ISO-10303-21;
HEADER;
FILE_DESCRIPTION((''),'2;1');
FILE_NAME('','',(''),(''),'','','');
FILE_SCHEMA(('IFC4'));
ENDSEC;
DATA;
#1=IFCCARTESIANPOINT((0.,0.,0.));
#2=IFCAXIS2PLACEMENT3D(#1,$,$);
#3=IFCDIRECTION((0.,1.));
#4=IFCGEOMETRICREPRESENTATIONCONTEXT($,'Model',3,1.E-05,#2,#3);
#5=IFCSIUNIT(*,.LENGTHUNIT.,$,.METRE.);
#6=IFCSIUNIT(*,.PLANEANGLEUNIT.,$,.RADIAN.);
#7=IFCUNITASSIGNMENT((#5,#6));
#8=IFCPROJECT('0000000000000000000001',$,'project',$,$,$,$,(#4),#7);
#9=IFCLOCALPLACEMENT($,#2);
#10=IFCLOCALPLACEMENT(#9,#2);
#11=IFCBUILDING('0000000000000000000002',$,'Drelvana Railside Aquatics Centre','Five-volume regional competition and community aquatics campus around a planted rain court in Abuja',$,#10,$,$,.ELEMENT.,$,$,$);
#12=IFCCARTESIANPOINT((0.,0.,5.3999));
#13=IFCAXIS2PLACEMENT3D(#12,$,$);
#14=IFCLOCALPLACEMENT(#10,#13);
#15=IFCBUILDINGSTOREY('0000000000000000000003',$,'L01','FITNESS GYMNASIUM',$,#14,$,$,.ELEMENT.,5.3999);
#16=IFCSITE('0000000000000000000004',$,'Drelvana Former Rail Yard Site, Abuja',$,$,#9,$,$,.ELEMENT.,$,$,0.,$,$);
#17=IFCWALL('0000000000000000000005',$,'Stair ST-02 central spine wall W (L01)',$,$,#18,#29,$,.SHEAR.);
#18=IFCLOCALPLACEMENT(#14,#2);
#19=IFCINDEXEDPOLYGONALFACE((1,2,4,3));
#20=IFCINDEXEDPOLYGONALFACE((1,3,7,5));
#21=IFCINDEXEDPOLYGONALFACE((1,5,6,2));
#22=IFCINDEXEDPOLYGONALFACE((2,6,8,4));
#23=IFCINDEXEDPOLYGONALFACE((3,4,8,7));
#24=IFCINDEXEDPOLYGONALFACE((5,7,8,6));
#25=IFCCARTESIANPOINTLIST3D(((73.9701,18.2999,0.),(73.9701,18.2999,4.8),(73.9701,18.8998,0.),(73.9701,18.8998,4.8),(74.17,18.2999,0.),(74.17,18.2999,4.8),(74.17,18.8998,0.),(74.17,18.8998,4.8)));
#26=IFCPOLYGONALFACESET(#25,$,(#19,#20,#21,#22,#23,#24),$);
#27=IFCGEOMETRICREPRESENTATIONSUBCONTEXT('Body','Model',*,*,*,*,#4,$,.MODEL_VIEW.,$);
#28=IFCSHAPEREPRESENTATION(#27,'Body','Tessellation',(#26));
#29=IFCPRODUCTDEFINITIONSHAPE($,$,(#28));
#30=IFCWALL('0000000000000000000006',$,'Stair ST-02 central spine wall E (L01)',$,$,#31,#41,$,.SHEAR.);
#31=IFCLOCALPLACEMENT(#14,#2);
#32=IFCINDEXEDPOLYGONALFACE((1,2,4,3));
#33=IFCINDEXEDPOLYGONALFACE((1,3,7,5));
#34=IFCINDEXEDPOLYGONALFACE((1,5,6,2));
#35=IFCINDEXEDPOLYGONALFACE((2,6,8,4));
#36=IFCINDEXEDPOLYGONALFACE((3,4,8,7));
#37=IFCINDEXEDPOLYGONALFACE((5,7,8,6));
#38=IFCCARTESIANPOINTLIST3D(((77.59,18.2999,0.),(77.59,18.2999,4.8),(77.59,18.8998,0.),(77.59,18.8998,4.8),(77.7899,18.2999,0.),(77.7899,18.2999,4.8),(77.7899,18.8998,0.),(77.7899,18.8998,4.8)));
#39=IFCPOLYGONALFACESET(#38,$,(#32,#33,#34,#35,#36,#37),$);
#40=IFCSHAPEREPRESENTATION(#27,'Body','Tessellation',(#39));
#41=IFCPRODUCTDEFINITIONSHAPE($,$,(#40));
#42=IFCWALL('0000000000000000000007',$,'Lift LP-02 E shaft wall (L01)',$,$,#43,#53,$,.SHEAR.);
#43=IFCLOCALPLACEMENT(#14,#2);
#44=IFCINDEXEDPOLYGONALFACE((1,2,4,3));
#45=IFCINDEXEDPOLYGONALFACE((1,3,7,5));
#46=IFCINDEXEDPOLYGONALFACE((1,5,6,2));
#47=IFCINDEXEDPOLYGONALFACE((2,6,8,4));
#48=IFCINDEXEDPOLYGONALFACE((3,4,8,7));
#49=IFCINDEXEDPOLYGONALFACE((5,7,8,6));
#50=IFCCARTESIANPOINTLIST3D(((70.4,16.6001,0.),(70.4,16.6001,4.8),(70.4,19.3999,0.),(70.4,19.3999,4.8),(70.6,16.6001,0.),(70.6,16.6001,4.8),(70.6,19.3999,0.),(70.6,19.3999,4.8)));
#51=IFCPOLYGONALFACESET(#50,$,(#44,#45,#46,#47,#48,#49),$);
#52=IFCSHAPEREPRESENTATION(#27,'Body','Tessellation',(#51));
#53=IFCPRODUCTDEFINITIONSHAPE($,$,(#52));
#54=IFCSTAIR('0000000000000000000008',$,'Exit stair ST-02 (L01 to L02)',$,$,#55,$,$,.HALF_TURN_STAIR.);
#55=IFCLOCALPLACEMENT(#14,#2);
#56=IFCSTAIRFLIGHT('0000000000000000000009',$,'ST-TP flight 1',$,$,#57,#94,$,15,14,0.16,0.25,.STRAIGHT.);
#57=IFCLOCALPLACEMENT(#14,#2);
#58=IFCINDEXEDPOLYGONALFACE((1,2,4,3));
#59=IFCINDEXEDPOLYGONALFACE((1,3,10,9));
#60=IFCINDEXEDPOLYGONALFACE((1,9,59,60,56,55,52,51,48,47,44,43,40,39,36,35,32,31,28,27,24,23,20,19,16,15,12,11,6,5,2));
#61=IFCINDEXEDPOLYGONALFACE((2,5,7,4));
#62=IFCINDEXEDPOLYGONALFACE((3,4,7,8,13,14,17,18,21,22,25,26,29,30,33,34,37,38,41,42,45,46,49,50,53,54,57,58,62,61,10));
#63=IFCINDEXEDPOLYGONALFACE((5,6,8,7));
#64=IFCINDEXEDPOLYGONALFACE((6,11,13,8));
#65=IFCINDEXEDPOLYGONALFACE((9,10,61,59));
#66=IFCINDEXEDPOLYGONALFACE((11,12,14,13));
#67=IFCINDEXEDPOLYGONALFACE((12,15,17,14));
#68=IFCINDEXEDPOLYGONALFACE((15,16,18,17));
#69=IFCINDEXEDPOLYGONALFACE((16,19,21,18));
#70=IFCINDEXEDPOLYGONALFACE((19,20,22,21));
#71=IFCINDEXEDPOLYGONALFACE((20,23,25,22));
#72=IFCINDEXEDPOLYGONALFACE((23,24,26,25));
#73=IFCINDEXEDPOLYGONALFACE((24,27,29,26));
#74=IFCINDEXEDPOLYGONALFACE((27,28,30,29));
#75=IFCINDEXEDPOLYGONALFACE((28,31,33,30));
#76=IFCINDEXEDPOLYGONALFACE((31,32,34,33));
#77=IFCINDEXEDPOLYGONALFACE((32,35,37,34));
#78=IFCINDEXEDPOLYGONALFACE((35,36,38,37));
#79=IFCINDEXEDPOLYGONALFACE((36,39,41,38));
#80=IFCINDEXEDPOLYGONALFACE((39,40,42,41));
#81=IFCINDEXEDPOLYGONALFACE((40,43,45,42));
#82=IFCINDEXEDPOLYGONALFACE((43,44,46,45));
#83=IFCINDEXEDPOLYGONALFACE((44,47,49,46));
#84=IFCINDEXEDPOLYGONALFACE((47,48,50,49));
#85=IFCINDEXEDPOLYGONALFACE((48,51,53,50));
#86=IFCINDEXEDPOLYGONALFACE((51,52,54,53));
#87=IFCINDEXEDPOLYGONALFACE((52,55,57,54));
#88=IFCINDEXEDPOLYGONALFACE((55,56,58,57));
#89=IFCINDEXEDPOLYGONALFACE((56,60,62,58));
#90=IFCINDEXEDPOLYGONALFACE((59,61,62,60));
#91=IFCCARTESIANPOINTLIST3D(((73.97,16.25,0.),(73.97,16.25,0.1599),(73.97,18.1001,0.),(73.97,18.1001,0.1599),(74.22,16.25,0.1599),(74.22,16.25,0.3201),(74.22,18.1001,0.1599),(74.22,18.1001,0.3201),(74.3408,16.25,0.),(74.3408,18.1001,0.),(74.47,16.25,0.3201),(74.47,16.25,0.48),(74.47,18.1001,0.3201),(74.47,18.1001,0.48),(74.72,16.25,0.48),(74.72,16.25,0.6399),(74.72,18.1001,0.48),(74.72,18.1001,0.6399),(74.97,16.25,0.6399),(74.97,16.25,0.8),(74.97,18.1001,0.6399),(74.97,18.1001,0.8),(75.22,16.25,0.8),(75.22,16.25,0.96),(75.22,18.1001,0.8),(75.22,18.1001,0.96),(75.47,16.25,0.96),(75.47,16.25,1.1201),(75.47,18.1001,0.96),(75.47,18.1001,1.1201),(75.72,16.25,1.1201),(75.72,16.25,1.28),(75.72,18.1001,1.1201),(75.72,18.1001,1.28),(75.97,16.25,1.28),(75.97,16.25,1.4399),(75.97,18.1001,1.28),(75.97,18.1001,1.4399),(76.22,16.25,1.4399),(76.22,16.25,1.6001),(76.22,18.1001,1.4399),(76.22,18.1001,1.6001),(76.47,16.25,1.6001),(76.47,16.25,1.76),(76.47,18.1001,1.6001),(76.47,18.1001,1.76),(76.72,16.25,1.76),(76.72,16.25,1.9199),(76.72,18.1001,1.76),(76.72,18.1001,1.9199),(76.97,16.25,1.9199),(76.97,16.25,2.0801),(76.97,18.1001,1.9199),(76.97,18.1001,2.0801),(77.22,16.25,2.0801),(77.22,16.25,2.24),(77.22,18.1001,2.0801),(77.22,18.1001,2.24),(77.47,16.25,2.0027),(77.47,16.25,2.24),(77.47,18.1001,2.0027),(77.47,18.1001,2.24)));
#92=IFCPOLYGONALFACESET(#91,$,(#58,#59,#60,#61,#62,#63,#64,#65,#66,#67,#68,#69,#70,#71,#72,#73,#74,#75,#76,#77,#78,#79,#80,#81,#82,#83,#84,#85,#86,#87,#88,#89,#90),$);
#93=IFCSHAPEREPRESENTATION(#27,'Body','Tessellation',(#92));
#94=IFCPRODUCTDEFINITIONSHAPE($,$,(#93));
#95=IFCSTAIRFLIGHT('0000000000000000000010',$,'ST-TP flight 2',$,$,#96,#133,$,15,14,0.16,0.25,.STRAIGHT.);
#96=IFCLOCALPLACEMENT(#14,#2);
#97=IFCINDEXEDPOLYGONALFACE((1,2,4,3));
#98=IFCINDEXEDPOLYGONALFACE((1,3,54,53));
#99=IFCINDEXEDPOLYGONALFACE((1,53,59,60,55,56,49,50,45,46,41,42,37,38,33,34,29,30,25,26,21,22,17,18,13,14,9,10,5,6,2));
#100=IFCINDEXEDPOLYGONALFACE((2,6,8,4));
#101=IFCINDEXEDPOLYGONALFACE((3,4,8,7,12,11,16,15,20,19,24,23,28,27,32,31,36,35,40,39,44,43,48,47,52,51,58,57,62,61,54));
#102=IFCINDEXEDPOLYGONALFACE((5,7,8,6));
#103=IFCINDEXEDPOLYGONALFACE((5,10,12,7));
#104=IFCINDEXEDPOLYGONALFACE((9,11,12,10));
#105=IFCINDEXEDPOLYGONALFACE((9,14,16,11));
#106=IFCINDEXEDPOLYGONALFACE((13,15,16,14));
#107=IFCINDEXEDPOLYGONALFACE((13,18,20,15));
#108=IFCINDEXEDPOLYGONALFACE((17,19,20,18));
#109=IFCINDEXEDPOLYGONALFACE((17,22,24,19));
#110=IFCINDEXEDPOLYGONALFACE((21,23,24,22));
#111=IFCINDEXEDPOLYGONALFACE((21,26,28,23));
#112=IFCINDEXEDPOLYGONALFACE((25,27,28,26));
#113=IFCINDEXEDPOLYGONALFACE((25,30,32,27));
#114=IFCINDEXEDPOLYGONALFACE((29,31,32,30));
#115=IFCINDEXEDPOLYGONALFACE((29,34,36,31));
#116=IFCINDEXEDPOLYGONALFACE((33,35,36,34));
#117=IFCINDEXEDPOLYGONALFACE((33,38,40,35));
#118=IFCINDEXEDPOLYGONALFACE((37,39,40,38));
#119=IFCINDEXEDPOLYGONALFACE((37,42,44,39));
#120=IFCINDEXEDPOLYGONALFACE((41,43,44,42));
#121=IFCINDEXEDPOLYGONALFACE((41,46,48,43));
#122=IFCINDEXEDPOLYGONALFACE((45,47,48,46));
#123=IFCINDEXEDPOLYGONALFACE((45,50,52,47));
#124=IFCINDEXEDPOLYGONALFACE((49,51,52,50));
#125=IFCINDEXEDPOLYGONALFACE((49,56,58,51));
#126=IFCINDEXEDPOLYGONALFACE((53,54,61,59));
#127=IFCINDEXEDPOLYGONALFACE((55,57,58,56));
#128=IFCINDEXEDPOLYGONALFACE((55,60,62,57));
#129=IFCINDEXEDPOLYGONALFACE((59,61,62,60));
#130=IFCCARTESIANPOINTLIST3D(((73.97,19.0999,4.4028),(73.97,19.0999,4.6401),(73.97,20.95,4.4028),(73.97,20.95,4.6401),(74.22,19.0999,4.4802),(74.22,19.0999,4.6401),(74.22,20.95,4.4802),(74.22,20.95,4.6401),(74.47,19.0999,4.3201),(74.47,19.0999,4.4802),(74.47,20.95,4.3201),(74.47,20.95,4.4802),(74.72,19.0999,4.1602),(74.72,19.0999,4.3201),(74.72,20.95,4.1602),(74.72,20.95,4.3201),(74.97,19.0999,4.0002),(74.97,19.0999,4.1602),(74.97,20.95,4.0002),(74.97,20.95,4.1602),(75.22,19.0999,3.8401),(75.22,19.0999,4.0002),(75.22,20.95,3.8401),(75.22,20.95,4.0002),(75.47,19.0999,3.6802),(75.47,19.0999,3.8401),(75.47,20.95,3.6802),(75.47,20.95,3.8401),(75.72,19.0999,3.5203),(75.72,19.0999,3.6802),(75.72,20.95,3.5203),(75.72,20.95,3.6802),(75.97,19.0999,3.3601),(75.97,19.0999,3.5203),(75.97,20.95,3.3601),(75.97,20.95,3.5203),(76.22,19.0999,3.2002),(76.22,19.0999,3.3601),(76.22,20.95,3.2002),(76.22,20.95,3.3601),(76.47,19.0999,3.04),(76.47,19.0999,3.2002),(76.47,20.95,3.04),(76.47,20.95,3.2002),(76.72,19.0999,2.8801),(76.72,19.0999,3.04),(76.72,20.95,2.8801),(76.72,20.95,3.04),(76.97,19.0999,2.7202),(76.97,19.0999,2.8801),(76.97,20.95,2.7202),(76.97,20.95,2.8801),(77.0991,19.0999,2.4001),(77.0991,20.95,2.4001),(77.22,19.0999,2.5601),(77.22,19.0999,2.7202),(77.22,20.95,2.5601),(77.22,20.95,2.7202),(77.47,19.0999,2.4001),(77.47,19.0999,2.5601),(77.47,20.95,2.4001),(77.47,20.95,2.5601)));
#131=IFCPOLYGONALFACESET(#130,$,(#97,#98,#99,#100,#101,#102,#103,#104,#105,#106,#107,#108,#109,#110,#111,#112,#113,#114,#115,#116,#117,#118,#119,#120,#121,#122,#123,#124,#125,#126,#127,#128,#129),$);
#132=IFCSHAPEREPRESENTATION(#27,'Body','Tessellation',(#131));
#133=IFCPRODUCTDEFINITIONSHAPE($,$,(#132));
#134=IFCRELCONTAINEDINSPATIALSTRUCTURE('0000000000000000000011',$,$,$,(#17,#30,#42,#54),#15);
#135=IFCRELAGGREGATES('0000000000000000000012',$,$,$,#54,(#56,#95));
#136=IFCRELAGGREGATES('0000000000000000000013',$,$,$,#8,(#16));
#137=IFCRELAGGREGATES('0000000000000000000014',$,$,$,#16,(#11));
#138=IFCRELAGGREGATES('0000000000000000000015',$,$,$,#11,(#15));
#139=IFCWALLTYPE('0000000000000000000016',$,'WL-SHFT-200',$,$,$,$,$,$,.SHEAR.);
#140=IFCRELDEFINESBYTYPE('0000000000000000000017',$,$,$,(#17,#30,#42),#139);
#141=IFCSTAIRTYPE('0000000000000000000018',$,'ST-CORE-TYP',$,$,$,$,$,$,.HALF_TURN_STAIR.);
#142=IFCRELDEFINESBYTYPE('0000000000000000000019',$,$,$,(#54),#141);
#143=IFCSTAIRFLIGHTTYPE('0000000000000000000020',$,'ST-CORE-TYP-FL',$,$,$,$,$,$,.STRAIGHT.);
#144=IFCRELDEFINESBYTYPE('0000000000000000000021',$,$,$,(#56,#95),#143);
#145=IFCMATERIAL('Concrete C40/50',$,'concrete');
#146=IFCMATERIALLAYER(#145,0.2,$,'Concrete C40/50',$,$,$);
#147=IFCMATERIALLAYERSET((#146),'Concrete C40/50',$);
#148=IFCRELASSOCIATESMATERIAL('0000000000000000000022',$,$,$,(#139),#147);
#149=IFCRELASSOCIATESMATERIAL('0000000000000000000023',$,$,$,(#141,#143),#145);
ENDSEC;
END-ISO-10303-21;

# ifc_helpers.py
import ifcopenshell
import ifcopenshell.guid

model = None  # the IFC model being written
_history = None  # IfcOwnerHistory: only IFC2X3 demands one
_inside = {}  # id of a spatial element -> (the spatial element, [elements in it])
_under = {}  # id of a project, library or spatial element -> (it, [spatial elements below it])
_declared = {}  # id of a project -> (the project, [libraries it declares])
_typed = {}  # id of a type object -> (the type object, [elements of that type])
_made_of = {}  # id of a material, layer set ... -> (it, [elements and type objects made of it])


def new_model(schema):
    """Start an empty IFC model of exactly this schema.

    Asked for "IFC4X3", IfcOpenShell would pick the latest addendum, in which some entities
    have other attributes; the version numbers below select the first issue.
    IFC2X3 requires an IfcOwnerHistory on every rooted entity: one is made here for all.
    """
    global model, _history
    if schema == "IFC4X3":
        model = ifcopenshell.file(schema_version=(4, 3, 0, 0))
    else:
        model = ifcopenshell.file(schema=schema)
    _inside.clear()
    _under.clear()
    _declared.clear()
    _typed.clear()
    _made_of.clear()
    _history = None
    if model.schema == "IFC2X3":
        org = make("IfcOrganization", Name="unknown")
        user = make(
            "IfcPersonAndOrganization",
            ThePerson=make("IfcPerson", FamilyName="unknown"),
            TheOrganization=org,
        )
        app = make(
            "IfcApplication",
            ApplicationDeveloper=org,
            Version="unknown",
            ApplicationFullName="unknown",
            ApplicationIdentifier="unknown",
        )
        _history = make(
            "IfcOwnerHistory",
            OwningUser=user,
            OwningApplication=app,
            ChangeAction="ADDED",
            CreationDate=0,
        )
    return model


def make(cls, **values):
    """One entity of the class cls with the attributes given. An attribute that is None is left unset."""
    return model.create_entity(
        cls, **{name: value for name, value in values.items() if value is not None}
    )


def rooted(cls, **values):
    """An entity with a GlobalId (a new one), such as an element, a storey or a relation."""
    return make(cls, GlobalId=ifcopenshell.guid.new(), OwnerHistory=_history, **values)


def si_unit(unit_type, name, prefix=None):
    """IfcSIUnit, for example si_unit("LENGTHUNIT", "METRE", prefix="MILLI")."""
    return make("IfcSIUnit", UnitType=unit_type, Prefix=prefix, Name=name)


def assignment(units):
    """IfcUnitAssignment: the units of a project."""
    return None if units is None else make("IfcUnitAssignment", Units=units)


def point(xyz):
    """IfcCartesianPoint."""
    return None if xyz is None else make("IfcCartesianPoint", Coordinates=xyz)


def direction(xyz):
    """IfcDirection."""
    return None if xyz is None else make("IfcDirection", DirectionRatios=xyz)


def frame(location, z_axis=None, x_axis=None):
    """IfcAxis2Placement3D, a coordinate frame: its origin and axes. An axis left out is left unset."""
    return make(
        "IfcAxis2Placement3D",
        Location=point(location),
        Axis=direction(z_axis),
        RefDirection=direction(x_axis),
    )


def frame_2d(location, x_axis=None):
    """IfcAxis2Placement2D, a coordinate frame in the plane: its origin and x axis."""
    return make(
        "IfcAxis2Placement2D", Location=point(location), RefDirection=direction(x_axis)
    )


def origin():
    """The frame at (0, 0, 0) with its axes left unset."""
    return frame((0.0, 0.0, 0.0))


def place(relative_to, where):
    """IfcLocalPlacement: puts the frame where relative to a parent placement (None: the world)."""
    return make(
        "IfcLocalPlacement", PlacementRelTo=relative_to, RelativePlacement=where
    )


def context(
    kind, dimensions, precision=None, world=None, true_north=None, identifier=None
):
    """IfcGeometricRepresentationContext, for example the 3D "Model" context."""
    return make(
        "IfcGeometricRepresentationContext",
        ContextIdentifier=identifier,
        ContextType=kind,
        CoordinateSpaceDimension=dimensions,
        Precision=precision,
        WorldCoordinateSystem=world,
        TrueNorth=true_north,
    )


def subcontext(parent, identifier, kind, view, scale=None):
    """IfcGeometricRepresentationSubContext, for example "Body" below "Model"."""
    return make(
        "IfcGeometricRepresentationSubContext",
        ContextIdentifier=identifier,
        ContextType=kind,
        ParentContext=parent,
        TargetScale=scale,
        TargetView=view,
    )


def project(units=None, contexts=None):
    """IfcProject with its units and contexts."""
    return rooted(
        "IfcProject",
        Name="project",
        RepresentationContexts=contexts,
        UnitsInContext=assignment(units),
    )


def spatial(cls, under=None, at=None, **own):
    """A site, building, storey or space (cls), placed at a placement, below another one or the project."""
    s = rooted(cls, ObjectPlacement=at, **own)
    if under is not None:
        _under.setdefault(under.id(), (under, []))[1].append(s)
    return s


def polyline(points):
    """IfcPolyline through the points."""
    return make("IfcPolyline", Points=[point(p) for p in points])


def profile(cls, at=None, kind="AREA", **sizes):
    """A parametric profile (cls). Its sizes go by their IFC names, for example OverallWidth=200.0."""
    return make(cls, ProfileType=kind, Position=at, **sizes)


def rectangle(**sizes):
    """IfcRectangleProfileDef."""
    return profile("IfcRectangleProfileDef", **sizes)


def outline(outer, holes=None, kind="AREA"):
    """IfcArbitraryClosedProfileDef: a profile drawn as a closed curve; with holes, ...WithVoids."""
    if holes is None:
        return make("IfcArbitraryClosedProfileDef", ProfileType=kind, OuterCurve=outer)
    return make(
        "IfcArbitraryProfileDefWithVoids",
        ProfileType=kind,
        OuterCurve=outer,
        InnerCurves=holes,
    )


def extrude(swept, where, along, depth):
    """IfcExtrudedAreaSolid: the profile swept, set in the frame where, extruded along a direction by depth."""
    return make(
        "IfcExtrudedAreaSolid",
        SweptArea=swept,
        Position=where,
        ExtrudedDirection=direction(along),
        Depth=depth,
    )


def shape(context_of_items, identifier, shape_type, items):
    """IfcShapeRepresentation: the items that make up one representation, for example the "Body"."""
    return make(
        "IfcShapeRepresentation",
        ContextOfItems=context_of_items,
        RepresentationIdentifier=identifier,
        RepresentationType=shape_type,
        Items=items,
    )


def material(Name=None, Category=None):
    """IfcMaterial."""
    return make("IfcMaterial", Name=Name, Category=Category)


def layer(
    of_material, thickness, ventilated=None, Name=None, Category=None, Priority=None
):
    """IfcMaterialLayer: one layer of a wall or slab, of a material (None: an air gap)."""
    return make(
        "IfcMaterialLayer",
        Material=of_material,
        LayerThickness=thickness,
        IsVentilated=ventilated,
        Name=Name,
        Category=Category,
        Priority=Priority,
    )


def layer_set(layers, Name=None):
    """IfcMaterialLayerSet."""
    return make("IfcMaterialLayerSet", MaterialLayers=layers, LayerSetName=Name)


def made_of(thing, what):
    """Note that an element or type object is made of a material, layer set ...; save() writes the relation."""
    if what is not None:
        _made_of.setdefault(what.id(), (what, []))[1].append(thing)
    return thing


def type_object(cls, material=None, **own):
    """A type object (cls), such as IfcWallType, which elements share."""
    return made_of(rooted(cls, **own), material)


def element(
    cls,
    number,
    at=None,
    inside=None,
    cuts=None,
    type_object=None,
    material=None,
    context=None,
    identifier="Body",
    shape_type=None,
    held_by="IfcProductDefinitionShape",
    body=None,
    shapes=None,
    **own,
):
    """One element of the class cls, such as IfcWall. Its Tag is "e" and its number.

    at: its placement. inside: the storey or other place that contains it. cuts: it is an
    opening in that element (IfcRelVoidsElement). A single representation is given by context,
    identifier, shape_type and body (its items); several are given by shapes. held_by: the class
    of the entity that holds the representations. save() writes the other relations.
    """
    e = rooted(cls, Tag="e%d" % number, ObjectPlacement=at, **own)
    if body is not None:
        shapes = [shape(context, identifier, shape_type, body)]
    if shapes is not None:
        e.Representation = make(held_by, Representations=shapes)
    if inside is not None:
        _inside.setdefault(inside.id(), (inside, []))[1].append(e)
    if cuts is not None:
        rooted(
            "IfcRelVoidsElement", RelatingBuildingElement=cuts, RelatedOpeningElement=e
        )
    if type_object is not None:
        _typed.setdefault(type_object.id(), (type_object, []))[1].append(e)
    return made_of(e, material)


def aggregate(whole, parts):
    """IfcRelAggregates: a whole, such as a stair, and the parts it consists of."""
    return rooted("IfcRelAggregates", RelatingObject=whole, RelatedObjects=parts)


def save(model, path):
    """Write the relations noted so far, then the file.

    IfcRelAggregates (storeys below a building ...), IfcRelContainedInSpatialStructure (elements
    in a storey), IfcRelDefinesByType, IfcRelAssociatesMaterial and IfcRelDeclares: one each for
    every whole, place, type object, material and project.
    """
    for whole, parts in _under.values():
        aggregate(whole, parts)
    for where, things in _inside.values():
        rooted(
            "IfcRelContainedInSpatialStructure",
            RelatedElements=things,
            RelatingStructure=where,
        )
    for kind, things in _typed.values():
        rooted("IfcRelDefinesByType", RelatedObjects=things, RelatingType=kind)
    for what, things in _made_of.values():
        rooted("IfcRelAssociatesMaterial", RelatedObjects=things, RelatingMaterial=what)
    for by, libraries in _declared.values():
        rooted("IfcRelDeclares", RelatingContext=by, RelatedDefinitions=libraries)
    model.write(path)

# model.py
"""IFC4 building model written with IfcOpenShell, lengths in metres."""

from ifc_helpers import new_model, si_unit, direction, frame, frame_2d, origin, place, context, subcontext, project, spatial, polyline, rectangle, outline, extrude, material, layer, layer_set, type_object, element, aggregate, save


model = new_model("IFC4")

# Units and contexts
model_context = context("Model", 3, precision=1e-05, world=origin(), true_north=direction((0.0, 1.0)))
body_context = subcontext(model_context, "Body", "Model", "MODEL_VIEW")
ifc_project = project(units=[si_unit("LENGTHUNIT", "METRE"), si_unit("PLANEANGLEUNIT", "RADIAN")], contexts=[model_context])

# Site, building, storey
site_placement = place(None, origin())
site = spatial("IfcSite", under=ifc_project, at=site_placement, Name="Drelvana Former Rail Yard Site, Abuja", CompositionType="ELEMENT", RefElevation=0.0)
building_placement = place(site_placement, origin())
building = spatial("IfcBuilding", under=site, at=building_placement, Name="Drelvana Railside Aquatics Centre", Description="Five-volume regional competition and community aquatics campus around a planted rain court in Abuja", CompositionType="ELEMENT")
storey_placement = place(building_placement, frame((0.0, 0.0, 5.3999)))
storey = spatial("IfcBuildingStorey", under=building, at=storey_placement, Name="L01", Description="FITNESS GYMNASIUM", CompositionType="ELEMENT", Elevation=5.3999)

# Shared definitions
ifc_material_1 = material(Name="Concrete C40/50", Category="concrete")

# Walls
ifc_layer_1 = layer(ifc_material_1, 0.2, Name="Concrete C40/50")
ifc_layer_set_1 = layer_set([ifc_layer_1], Name="Concrete C40/50")
wall_type_1 = type_object("IfcWallType", Name="WL-SHFT-200", PredefinedType="SHEAR", material=ifc_layer_set_1)
for number, where, z_axis, x_axis, name in (
    (1, (74.0701, 18.3, 0.0), (0.0, 0.0, 1.0), (0.0, 1.0, 0.0), "Stair ST-02 central spine wall W (L01)"),
    (2, (77.6899, 18.3, 0.0), (0.0, 0.0, 1.0), (0.0, 1.0, 0.0), "Stair ST-02 central spine wall E (L01)"),
):
    element("IfcWall", number, at=place(storey_placement, frame(where, z_axis=z_axis, x_axis=x_axis)), inside=storey, type_object=wall_type_1, Name=name, PredefinedType="SHEAR", context=body_context, shape_type="SweptSolid", body=[
        extrude(rectangle(XDim=0.5999, YDim=0.2, at=frame_2d((0.2998, 0.0))), origin(), (0.0, 0.0, 1.0), 4.8),
    ])
wall_1_placement = place(storey_placement, frame((70.5, 16.6001, 0.0), z_axis=(0.0, 0.0, 1.0), x_axis=(0.0, 1.0, 0.0)))
element("IfcWall", 3, at=wall_1_placement, inside=storey, type_object=wall_type_1, Name="Lift LP-02 E shaft wall (L01)", PredefinedType="SHEAR", context=body_context, shape_type="SweptSolid", body=[
    extrude(rectangle(XDim=2.7998, YDim=0.2, at=frame_2d((1.3999, 0.0))), origin(), (0.0, 0.0, 1.0), 4.8),
])

# Stair, stair flights
stair_type = type_object("IfcStairType", Name="ST-CORE-TYP", PredefinedType="HALF_TURN_STAIR", material=ifc_material_1)
stair_placement = place(storey_placement, origin())
stair = element("IfcStair", 4, at=stair_placement, inside=storey, type_object=stair_type, Name="Exit stair ST-02 (L01 to L02)", PredefinedType="HALF_TURN_STAIR")
stair_flight_type = type_object("IfcStairFlightType", Name="ST-CORE-TYP-FL", PredefinedType="STRAIGHT", material=ifc_material_1)
stair_flight_1_placement = place(storey_placement, frame((73.97, 17.175, 0.0), z_axis=(0.0, 0.0, 1.0), x_axis=(1.0, 0.0, 0.0)))
stair_flight_1 = element("IfcStairFlight", 5, at=stair_flight_1_placement, type_object=stair_flight_type, Name="ST-TP flight 1", NumberOfRisers=15, NumberOfTreads=14, PredefinedType="STRAIGHT", RiserHeight=0.16, TreadLength=0.25, context=body_context, shape_type="SweptSolid", body=[
    extrude(outline(polyline([(0.0, 0.0), (0.0, 0.1599), (0.25, 0.1599), (0.25, 0.3201), (0.5, 0.3201), (0.5, 0.48), (0.75, 0.48), (0.75, 0.6399), (1.0, 0.6399), (1.0, 0.8), (1.25, 0.8), (1.25, 0.96), (1.5, 0.96), (1.5, 1.1201), (1.75, 1.1201), (1.75, 1.28), (2.0, 1.28), (2.0, 1.4399), (2.25, 1.4399), (2.25, 1.6001), (2.5, 1.6001), (2.5, 1.76), (2.75, 1.76), (2.75, 1.9199), (3.0, 1.9199), (3.0, 2.0801), (3.25, 2.0801), (3.25, 2.24), (3.5, 2.24), (3.5, 2.3999), (3.5, 2.0027), (0.3708, 0.0), (0.0, 0.0)])), frame((0.0, 0.925, 0.0), z_axis=(0.0, -1.0, 0.0), x_axis=(1.0, 0.0, 0.0)), (0.0, 0.0, 1.0), 1.8501),
])
stair_flight_2_placement = place(storey_placement, frame((77.47, 20.0249, 2.4001), z_axis=(0.0, 0.0, 1.0), x_axis=(-1.0, 0.0, 0.0)))
stair_flight_2 = element("IfcStairFlight", 6, at=stair_flight_2_placement, type_object=stair_flight_type, Name="ST-TP flight 2", NumberOfRisers=15, NumberOfTreads=14, PredefinedType="STRAIGHT", RiserHeight=0.16, TreadLength=0.25, context=body_context, shape_type="SweptSolid", body=[
    extrude(outline(polyline([(0.0, 0.0), (0.0, 0.1599), (0.25, 0.1599), (0.25, 0.3201), (0.5, 0.3201), (0.5, 0.48), (0.75, 0.48), (0.75, 0.6399), (1.0, 0.6399), (1.0, 0.8), (1.25, 0.8), (1.25, 0.96), (1.5, 0.96), (1.5, 1.1201), (1.75, 1.1201), (1.75, 1.28), (2.0, 1.28), (2.0, 1.4399), (2.25, 1.4399), (2.25, 1.6001), (2.5, 1.6001), (2.5, 1.76), (2.75, 1.76), (2.75, 1.9199), (3.0, 1.9199), (3.0, 2.0801), (3.25, 2.0801), (3.25, 2.24), (3.5, 2.24), (3.5, 2.3999), (3.5, 2.0027), (0.3708, 0.0), (0.0, 0.0)])), frame((0.0, 0.925, 0.0), z_axis=(0.0, -1.0, 0.0), x_axis=(1.0, 0.0, 0.0)), (0.0, 0.0, 1.0), 1.8501),
])
aggregate(stair, [stair_flight_1, stair_flight_2])

save(model, "model.ifc")
